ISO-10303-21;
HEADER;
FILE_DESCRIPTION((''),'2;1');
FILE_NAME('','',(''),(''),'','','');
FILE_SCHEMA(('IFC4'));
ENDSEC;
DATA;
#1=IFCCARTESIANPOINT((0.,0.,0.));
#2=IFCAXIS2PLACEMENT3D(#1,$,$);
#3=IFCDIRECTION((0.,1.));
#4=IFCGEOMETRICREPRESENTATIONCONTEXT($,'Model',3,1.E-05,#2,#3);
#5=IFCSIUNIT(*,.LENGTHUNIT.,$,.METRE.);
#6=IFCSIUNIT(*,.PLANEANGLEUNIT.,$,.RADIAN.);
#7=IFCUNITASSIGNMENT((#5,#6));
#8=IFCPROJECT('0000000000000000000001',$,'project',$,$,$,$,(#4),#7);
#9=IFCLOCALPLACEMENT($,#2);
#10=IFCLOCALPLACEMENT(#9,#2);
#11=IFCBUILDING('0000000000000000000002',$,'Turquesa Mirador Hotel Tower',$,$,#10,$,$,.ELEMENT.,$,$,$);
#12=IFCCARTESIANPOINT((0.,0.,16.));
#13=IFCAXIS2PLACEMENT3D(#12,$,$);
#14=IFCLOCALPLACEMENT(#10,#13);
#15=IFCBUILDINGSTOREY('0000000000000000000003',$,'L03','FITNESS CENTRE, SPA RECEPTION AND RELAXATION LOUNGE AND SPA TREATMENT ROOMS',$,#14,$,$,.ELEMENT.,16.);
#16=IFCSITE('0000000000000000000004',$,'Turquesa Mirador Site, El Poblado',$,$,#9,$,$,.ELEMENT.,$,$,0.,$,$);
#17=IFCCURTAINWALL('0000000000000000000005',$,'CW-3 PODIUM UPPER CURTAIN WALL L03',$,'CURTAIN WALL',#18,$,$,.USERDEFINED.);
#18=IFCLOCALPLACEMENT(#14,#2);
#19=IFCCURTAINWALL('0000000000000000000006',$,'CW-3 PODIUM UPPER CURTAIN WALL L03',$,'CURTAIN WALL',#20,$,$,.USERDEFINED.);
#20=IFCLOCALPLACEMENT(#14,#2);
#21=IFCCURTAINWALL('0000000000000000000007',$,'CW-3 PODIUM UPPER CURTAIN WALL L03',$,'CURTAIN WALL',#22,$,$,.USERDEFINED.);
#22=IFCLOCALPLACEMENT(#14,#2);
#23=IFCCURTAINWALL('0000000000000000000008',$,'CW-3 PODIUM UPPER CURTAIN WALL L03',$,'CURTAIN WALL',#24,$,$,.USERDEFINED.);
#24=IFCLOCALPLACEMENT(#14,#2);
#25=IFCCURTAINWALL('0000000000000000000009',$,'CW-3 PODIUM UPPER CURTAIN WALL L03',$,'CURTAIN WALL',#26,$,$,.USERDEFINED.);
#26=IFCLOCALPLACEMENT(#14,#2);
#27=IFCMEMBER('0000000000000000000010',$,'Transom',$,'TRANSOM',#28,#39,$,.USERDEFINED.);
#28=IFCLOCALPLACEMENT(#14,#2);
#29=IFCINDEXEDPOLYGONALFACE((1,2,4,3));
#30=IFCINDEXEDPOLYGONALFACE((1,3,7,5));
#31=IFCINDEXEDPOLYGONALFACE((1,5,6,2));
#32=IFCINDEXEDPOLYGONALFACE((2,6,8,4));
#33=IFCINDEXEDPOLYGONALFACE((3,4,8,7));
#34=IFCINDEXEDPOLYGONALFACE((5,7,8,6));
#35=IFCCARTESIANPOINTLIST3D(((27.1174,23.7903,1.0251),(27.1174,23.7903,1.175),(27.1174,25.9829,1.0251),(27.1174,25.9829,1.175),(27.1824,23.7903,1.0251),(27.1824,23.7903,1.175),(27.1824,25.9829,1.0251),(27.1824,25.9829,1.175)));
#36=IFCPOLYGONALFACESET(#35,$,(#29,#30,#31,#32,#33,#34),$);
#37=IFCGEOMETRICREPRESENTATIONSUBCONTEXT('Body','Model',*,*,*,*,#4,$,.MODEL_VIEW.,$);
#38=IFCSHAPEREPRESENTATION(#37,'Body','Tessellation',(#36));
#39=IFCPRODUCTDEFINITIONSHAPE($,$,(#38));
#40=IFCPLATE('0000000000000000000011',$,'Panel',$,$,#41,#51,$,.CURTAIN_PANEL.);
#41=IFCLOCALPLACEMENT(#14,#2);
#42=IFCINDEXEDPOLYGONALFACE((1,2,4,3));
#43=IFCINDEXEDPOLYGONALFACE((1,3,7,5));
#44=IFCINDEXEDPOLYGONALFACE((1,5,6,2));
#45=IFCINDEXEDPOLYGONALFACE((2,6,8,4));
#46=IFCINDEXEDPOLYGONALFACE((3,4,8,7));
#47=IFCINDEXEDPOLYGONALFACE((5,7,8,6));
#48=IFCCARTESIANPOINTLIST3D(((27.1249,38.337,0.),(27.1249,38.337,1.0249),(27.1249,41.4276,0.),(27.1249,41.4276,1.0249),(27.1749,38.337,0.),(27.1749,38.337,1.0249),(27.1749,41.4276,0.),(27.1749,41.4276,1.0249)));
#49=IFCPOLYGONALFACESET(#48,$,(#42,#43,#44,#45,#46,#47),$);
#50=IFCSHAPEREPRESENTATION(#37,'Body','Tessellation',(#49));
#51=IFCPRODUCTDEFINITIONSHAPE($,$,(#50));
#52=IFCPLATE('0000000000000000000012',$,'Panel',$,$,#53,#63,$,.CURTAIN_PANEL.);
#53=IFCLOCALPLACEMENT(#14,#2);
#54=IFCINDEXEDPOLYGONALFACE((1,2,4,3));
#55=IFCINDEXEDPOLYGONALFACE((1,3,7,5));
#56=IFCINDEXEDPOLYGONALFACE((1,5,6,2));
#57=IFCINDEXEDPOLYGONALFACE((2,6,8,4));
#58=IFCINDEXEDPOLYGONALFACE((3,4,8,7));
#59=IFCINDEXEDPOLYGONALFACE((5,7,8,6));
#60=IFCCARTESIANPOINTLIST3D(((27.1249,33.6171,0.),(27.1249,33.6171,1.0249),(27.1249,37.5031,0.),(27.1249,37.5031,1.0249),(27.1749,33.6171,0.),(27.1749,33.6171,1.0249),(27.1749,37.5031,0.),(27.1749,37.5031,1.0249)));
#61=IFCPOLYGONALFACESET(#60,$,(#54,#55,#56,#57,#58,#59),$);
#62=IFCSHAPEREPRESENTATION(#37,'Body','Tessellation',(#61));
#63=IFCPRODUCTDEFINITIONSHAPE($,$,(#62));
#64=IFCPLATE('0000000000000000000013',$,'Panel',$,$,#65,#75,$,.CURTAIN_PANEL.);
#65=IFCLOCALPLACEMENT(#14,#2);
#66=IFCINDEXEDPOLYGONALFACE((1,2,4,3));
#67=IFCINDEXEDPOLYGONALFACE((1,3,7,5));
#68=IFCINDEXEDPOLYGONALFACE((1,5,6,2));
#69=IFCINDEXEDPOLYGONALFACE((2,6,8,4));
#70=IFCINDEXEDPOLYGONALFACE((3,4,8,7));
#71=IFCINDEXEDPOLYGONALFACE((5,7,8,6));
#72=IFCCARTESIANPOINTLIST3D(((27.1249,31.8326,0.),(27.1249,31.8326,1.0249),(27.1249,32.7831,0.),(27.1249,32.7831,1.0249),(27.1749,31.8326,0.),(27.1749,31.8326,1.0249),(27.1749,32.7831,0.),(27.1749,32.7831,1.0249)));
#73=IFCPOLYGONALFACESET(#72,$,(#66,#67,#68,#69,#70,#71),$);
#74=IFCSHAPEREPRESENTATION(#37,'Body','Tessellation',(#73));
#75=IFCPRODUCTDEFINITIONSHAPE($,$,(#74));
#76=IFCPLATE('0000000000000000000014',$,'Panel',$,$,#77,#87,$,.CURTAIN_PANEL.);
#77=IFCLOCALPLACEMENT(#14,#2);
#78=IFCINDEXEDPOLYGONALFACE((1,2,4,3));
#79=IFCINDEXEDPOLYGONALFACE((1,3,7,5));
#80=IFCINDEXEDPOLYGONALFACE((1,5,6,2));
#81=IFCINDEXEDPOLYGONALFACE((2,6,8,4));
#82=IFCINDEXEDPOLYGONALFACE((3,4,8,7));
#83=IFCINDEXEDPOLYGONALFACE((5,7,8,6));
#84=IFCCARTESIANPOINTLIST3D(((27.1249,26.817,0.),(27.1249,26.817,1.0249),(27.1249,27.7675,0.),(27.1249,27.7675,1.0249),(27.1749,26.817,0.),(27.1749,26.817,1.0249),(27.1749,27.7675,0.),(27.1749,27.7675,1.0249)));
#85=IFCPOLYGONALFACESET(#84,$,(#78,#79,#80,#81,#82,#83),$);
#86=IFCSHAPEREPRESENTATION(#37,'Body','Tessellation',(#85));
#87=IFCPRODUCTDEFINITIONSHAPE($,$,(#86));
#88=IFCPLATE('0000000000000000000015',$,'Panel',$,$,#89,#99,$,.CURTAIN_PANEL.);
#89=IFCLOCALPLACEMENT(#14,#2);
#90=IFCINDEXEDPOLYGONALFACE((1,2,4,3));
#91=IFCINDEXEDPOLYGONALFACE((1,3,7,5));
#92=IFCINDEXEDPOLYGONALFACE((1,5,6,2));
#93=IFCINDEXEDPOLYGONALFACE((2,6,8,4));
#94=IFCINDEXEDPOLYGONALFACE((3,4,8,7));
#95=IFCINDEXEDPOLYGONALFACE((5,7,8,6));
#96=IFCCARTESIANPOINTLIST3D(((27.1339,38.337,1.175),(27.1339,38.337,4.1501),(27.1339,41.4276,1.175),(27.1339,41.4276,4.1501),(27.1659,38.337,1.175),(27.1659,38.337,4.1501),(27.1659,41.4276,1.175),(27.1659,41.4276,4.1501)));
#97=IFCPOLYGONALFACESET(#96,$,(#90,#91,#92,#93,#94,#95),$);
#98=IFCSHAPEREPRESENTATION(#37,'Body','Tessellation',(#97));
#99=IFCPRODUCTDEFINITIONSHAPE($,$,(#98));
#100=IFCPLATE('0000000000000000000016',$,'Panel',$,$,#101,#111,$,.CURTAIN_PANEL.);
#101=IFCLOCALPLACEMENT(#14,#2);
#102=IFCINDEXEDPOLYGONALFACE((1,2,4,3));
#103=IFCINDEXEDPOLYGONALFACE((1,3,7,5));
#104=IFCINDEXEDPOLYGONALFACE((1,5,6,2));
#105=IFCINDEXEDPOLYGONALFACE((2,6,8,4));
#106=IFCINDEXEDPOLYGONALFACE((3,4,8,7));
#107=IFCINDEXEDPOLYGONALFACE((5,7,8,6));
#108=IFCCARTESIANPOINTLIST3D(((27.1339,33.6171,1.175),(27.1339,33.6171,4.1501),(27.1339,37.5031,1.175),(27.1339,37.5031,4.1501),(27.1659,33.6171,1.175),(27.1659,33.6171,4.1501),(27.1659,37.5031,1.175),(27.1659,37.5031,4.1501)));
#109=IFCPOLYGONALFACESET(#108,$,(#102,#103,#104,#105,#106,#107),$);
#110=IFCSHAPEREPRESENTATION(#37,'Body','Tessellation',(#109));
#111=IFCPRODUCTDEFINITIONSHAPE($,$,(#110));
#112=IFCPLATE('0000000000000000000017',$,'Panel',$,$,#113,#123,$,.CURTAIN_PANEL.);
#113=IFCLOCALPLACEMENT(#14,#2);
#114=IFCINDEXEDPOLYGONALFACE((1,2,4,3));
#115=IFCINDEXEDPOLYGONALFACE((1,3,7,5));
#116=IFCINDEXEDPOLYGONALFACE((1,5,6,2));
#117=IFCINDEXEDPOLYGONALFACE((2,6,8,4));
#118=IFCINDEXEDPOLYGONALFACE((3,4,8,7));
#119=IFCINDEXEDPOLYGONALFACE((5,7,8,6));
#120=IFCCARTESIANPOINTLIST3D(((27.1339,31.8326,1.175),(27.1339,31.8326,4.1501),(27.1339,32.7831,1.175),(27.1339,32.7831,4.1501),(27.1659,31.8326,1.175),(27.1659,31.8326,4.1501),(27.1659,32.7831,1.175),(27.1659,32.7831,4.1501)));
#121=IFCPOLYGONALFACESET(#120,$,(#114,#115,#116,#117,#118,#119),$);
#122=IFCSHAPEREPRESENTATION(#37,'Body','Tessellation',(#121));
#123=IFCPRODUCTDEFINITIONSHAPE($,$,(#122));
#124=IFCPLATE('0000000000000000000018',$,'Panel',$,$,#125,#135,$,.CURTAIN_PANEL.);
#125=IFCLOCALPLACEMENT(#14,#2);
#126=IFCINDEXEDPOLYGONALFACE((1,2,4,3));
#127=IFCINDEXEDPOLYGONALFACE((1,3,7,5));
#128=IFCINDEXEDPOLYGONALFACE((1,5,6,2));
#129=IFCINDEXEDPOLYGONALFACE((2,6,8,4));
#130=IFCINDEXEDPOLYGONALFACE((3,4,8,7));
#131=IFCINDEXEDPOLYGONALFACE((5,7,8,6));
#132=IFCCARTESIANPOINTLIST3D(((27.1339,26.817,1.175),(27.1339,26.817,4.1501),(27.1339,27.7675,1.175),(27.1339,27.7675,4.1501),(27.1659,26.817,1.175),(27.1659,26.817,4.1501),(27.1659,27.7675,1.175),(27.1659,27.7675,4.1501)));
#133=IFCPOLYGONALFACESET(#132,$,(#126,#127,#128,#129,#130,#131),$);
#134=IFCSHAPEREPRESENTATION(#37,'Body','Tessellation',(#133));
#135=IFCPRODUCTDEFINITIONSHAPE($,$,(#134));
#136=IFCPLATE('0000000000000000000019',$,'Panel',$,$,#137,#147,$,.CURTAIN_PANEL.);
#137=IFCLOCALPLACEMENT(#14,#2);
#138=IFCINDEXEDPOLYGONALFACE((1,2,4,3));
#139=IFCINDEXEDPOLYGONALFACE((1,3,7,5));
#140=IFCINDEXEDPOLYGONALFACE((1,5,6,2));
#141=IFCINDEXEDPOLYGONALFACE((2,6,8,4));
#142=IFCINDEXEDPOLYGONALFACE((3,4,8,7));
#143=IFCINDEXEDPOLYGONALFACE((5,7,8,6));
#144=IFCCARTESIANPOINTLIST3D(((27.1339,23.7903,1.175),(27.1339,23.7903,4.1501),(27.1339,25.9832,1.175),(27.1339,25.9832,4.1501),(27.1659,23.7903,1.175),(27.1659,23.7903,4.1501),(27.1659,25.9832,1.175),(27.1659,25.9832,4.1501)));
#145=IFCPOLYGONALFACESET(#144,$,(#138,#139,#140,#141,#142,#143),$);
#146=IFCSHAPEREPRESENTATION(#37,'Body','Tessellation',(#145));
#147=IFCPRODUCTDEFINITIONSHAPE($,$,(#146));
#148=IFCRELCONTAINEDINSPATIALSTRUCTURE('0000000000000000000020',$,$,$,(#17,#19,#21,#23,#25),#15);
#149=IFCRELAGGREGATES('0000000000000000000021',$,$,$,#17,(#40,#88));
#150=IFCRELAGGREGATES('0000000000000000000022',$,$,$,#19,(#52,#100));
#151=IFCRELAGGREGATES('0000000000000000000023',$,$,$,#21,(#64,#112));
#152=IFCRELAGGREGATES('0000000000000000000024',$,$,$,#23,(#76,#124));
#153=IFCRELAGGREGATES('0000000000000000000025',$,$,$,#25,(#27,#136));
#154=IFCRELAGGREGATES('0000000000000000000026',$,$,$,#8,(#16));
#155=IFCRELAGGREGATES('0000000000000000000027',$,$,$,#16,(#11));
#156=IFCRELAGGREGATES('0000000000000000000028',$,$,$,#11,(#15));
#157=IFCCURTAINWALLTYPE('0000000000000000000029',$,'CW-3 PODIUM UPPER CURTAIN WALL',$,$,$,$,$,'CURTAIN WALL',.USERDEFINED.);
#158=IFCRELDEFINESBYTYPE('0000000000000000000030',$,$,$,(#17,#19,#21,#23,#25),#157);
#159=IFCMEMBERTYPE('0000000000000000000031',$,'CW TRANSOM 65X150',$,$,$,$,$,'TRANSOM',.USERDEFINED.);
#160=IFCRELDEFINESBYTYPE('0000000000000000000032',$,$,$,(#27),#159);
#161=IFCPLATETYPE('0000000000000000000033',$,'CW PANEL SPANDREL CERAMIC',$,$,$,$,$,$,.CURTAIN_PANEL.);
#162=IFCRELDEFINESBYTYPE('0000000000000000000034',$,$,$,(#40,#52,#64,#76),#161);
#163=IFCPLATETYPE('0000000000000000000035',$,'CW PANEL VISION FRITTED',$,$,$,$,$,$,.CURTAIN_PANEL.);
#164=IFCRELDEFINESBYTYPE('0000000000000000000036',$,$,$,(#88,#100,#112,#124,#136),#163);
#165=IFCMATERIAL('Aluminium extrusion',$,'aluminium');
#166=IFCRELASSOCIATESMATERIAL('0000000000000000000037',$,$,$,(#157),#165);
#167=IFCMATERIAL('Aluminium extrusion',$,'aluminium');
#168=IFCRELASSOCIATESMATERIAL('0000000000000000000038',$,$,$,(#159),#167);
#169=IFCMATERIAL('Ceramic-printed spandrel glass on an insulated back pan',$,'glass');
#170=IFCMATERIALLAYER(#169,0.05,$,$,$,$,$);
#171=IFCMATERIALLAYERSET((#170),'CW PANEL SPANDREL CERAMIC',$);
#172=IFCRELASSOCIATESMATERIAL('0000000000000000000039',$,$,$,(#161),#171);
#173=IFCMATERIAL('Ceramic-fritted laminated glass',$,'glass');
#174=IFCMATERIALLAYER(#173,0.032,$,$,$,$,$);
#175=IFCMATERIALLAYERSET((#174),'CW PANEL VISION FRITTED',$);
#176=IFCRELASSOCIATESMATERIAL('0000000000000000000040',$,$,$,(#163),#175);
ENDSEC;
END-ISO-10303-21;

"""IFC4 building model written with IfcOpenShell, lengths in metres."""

from ifc_helpers import new_model, si_unit, direction, frame, origin, origin_2d, place, context, subcontext, project, spatial, rectangle, extrude, material, layer, layer_set, material_profile, profile_set, type_object, element, aggregate, save


model = new_model("IFC4")

# Units and contexts
model_context = context("Model", 3, precision=1e-05, world=origin(), true_north=direction((0.0, 1.0)))
body_context = subcontext(model_context, "Body", "Model", "MODEL_VIEW")
ifc_project = project(units=[si_unit("LENGTHUNIT", "METRE"), si_unit("PLANEANGLEUNIT", "RADIAN")], contexts=[model_context])

# Site, building, storey
site_placement = place(None, origin())
site = spatial("IfcSite", under=ifc_project, at=site_placement, Name="Turquesa Mirador Site, El Poblado", CompositionType="ELEMENT", RefElevation=0.0)
building_placement = place(site_placement, origin())
building = spatial("IfcBuilding", under=site, at=building_placement, Name="Turquesa Mirador Hotel Tower", CompositionType="ELEMENT")
storey_placement = place(building_placement, frame((0.0, 0.0, 16.0)))
storey = spatial("IfcBuildingStorey", under=building, at=storey_placement, Name="L03", Description="FITNESS CENTRE, SPA RECEPTION AND RELAXATION LOUNGE AND SPA TREATMENT ROOMS", CompositionType="ELEMENT", Elevation=16.0)

# Curtain wall
ifc_material_1 = material(Name="Aluminium extrusion", Category="aluminium")
curtain_wall_type = type_object("IfcCurtainWallType", Name="CW-3 PODIUM UPPER CURTAIN WALL", ElementType="CURTAIN WALL", PredefinedType="USERDEFINED", material=ifc_material_1)
curtain_wall_1_placement = place(storey_placement, origin())
curtain_wall_1 = element("IfcCurtainWall", 1, at=curtain_wall_1_placement, inside=storey, type_object=curtain_wall_type, Name="CW-3 PODIUM UPPER CURTAIN WALL L03", ObjectType="CURTAIN WALL", PredefinedType="USERDEFINED")

# Curtain walls
curtain_wall_2_placement = place(storey_placement, origin())
curtain_wall_2 = element("IfcCurtainWall", 2, at=curtain_wall_2_placement, inside=storey, type_object=curtain_wall_type, Name="CW-3 PODIUM UPPER CURTAIN WALL L03", ObjectType="CURTAIN WALL", PredefinedType="USERDEFINED")
curtain_wall_3_placement = place(storey_placement, origin())
curtain_wall_3 = element("IfcCurtainWall", 3, at=curtain_wall_3_placement, inside=storey, type_object=curtain_wall_type, Name="CW-3 PODIUM UPPER CURTAIN WALL L03", ObjectType="CURTAIN WALL", PredefinedType="USERDEFINED")
curtain_wall_4_placement = place(storey_placement, origin())
curtain_wall_4 = element("IfcCurtainWall", 4, at=curtain_wall_4_placement, inside=storey, type_object=curtain_wall_type, Name="CW-3 PODIUM UPPER CURTAIN WALL L03", ObjectType="CURTAIN WALL", PredefinedType="USERDEFINED")

# Curtain wall
curtain_wall_5_placement = place(storey_placement, origin())
curtain_wall_5 = element("IfcCurtainWall", 5, at=curtain_wall_5_placement, inside=storey, type_object=curtain_wall_type, Name="CW-3 PODIUM UPPER CURTAIN WALL L03", ObjectType="CURTAIN WALL", PredefinedType="USERDEFINED")

# Member
ifc_material_2 = material(Name="Aluminium extrusion", Category="aluminium")
ifc_material_profile_1 = material_profile(ifc_material_2, rectangle(XDim=0.0649, YDim=0.1499, at=origin_2d()), Name="TRANSOM 65X150")
ifc_profile_set_1 = profile_set([ifc_material_profile_1], Name="Aluminium extrusion")
member_type_1 = type_object("IfcMemberType", Name="CW TRANSOM 65X150", ElementType="TRANSOM", PredefinedType="USERDEFINED", material=ifc_profile_set_1)
member_1_placement = place(storey_placement, frame((27.1499, 25.9829, 1.1001), z_axis=(0.0, -1.0, 0.0), x_axis=(1.0, 0.0, 0.0)))
member_1 = element("IfcMember", 6, at=member_1_placement, type_object=member_type_1, Name="Transom", ObjectType="TRANSOM", PredefinedType="USERDEFINED", context=body_context, shape_type="SweptSolid", body=[
    extrude(rectangle(XDim=0.0649, YDim=0.1499, at=origin_2d()), origin(), (0.0, 0.0, 1.0), 2.1926),
])

# Plates
ifc_material_3 = material(Name="Ceramic-printed spandrel glass on an insulated back pan", Category="glass")
ifc_layer_1 = layer(ifc_material_3, 0.05)
ifc_layer_set_1 = layer_set([ifc_layer_1], Name="CW PANEL SPANDREL CERAMIC")
plate_type_1 = type_object("IfcPlateType", Name="CW PANEL SPANDREL CERAMIC", PredefinedType="CURTAIN_PANEL", material=ifc_layer_set_1)
plate_1_placement = place(storey_placement, frame((27.1499, 39.8823, 0.0), z_axis=(0.0, 0.0, 1.0), x_axis=(0.0, -1.0, 0.0)))
plate_1 = element("IfcPlate", 7, at=plate_1_placement, type_object=plate_type_1, Name="Panel", PredefinedType="CURTAIN_PANEL", context=body_context, shape_type="SweptSolid", body=[
    extrude(rectangle(XDim=3.0906, YDim=0.05, at=origin_2d()), origin(), (0.0, 0.0, 1.0), 1.0249),
])
plate_2_placement = place(storey_placement, frame((27.1499, 35.5601, 0.0), z_axis=(0.0, 0.0, 1.0), x_axis=(0.0, -1.0, 0.0)))
plate_2 = element("IfcPlate", 8, at=plate_2_placement, type_object=plate_type_1, Name="Panel", PredefinedType="CURTAIN_PANEL", context=body_context, shape_type="SweptSolid", body=[
    extrude(rectangle(XDim=3.886, YDim=0.05, at=origin_2d()), origin(), (0.0, 0.0, 1.0), 1.0249),
])
plate_3_placement = place(storey_placement, frame((27.1499, 32.3079, 0.0), z_axis=(0.0, 0.0, 1.0), x_axis=(0.0, -1.0, 0.0)))
plate_3 = element("IfcPlate", 9, at=plate_3_placement, type_object=plate_type_1, Name="Panel", PredefinedType="CURTAIN_PANEL", context=body_context, shape_type="SweptSolid", body=[
    extrude(rectangle(XDim=0.9504, YDim=0.05, at=origin_2d()), origin(), (0.0, 0.0, 1.0), 1.0249),
])
plate_4_placement = place(storey_placement, frame((27.1499, 27.2922, 0.0), z_axis=(0.0, 0.0, 1.0), x_axis=(0.0, -1.0, 0.0)))
plate_4 = element("IfcPlate", 10, at=plate_4_placement, type_object=plate_type_1, Name="Panel", PredefinedType="CURTAIN_PANEL", context=body_context, shape_type="SweptSolid", body=[
    extrude(rectangle(XDim=0.9504, YDim=0.05, at=origin_2d()), origin(), (0.0, 0.0, 1.0), 1.0249),
])
ifc_material_4 = material(Name="Ceramic-fritted laminated glass", Category="glass")
ifc_layer_2 = layer(ifc_material_4, 0.032)
ifc_layer_set_2 = layer_set([ifc_layer_2], Name="CW PANEL VISION FRITTED")
plate_type_2 = type_object("IfcPlateType", Name="CW PANEL VISION FRITTED", PredefinedType="CURTAIN_PANEL", material=ifc_layer_set_2)
plate_5_placement = place(storey_placement, frame((27.1499, 39.8823, 1.175), z_axis=(0.0, 0.0, 1.0), x_axis=(0.0, -1.0, 0.0)))
plate_5 = element("IfcPlate", 11, at=plate_5_placement, type_object=plate_type_2, Name="Panel", PredefinedType="CURTAIN_PANEL", context=body_context, shape_type="SweptSolid", body=[
    extrude(rectangle(XDim=3.0906, YDim=0.032, at=origin_2d()), origin(), (0.0, 0.0, 1.0), 2.9751),
])
aggregate(curtain_wall_1, [plate_1, plate_5])
plate_6_placement = place(storey_placement, frame((27.1499, 35.5601, 1.175), z_axis=(0.0, 0.0, 1.0), x_axis=(0.0, -1.0, 0.0)))
plate_6 = element("IfcPlate", 12, at=plate_6_placement, type_object=plate_type_2, Name="Panel", PredefinedType="CURTAIN_PANEL", context=body_context, shape_type="SweptSolid", body=[
    extrude(rectangle(XDim=3.886, YDim=0.032, at=origin_2d()), origin(), (0.0, 0.0, 1.0), 2.9751),
])
aggregate(curtain_wall_2, [plate_2, plate_6])
plate_7_placement = place(storey_placement, frame((27.1499, 32.3079, 1.175), z_axis=(0.0, 0.0, 1.0), x_axis=(0.0, -1.0, 0.0)))
plate_7 = element("IfcPlate", 13, at=plate_7_placement, type_object=plate_type_2, Name="Panel", PredefinedType="CURTAIN_PANEL", context=body_context, shape_type="SweptSolid", body=[
    extrude(rectangle(XDim=0.9504, YDim=0.032, at=origin_2d()), origin(), (0.0, 0.0, 1.0), 2.9751),
])
aggregate(curtain_wall_3, [plate_3, plate_7])
plate_8_placement = place(storey_placement, frame((27.1499, 27.2922, 1.175), z_axis=(0.0, 0.0, 1.0), x_axis=(0.0, -1.0, 0.0)))
plate_8 = element("IfcPlate", 14, at=plate_8_placement, type_object=plate_type_2, Name="Panel", PredefinedType="CURTAIN_PANEL", context=body_context, shape_type="SweptSolid", body=[
    extrude(rectangle(XDim=0.9504, YDim=0.032, at=origin_2d()), origin(), (0.0, 0.0, 1.0), 2.9751),
])
aggregate(curtain_wall_4, [plate_4, plate_8])
plate_9_placement = place(storey_placement, frame((27.1499, 24.8867, 1.175), z_axis=(0.0, 0.0, 1.0), x_axis=(0.0, -1.0, 0.0)))
plate_9 = element("IfcPlate", 15, at=plate_9_placement, type_object=plate_type_2, Name="Panel", PredefinedType="CURTAIN_PANEL", context=body_context, shape_type="SweptSolid", body=[
    extrude(rectangle(XDim=2.1929, YDim=0.032, at=origin_2d()), origin(), (0.0, 0.0, 1.0), 2.9751),
])
aggregate(curtain_wall_5, [member_1, plate_9])

save(model, "model.ifc")
